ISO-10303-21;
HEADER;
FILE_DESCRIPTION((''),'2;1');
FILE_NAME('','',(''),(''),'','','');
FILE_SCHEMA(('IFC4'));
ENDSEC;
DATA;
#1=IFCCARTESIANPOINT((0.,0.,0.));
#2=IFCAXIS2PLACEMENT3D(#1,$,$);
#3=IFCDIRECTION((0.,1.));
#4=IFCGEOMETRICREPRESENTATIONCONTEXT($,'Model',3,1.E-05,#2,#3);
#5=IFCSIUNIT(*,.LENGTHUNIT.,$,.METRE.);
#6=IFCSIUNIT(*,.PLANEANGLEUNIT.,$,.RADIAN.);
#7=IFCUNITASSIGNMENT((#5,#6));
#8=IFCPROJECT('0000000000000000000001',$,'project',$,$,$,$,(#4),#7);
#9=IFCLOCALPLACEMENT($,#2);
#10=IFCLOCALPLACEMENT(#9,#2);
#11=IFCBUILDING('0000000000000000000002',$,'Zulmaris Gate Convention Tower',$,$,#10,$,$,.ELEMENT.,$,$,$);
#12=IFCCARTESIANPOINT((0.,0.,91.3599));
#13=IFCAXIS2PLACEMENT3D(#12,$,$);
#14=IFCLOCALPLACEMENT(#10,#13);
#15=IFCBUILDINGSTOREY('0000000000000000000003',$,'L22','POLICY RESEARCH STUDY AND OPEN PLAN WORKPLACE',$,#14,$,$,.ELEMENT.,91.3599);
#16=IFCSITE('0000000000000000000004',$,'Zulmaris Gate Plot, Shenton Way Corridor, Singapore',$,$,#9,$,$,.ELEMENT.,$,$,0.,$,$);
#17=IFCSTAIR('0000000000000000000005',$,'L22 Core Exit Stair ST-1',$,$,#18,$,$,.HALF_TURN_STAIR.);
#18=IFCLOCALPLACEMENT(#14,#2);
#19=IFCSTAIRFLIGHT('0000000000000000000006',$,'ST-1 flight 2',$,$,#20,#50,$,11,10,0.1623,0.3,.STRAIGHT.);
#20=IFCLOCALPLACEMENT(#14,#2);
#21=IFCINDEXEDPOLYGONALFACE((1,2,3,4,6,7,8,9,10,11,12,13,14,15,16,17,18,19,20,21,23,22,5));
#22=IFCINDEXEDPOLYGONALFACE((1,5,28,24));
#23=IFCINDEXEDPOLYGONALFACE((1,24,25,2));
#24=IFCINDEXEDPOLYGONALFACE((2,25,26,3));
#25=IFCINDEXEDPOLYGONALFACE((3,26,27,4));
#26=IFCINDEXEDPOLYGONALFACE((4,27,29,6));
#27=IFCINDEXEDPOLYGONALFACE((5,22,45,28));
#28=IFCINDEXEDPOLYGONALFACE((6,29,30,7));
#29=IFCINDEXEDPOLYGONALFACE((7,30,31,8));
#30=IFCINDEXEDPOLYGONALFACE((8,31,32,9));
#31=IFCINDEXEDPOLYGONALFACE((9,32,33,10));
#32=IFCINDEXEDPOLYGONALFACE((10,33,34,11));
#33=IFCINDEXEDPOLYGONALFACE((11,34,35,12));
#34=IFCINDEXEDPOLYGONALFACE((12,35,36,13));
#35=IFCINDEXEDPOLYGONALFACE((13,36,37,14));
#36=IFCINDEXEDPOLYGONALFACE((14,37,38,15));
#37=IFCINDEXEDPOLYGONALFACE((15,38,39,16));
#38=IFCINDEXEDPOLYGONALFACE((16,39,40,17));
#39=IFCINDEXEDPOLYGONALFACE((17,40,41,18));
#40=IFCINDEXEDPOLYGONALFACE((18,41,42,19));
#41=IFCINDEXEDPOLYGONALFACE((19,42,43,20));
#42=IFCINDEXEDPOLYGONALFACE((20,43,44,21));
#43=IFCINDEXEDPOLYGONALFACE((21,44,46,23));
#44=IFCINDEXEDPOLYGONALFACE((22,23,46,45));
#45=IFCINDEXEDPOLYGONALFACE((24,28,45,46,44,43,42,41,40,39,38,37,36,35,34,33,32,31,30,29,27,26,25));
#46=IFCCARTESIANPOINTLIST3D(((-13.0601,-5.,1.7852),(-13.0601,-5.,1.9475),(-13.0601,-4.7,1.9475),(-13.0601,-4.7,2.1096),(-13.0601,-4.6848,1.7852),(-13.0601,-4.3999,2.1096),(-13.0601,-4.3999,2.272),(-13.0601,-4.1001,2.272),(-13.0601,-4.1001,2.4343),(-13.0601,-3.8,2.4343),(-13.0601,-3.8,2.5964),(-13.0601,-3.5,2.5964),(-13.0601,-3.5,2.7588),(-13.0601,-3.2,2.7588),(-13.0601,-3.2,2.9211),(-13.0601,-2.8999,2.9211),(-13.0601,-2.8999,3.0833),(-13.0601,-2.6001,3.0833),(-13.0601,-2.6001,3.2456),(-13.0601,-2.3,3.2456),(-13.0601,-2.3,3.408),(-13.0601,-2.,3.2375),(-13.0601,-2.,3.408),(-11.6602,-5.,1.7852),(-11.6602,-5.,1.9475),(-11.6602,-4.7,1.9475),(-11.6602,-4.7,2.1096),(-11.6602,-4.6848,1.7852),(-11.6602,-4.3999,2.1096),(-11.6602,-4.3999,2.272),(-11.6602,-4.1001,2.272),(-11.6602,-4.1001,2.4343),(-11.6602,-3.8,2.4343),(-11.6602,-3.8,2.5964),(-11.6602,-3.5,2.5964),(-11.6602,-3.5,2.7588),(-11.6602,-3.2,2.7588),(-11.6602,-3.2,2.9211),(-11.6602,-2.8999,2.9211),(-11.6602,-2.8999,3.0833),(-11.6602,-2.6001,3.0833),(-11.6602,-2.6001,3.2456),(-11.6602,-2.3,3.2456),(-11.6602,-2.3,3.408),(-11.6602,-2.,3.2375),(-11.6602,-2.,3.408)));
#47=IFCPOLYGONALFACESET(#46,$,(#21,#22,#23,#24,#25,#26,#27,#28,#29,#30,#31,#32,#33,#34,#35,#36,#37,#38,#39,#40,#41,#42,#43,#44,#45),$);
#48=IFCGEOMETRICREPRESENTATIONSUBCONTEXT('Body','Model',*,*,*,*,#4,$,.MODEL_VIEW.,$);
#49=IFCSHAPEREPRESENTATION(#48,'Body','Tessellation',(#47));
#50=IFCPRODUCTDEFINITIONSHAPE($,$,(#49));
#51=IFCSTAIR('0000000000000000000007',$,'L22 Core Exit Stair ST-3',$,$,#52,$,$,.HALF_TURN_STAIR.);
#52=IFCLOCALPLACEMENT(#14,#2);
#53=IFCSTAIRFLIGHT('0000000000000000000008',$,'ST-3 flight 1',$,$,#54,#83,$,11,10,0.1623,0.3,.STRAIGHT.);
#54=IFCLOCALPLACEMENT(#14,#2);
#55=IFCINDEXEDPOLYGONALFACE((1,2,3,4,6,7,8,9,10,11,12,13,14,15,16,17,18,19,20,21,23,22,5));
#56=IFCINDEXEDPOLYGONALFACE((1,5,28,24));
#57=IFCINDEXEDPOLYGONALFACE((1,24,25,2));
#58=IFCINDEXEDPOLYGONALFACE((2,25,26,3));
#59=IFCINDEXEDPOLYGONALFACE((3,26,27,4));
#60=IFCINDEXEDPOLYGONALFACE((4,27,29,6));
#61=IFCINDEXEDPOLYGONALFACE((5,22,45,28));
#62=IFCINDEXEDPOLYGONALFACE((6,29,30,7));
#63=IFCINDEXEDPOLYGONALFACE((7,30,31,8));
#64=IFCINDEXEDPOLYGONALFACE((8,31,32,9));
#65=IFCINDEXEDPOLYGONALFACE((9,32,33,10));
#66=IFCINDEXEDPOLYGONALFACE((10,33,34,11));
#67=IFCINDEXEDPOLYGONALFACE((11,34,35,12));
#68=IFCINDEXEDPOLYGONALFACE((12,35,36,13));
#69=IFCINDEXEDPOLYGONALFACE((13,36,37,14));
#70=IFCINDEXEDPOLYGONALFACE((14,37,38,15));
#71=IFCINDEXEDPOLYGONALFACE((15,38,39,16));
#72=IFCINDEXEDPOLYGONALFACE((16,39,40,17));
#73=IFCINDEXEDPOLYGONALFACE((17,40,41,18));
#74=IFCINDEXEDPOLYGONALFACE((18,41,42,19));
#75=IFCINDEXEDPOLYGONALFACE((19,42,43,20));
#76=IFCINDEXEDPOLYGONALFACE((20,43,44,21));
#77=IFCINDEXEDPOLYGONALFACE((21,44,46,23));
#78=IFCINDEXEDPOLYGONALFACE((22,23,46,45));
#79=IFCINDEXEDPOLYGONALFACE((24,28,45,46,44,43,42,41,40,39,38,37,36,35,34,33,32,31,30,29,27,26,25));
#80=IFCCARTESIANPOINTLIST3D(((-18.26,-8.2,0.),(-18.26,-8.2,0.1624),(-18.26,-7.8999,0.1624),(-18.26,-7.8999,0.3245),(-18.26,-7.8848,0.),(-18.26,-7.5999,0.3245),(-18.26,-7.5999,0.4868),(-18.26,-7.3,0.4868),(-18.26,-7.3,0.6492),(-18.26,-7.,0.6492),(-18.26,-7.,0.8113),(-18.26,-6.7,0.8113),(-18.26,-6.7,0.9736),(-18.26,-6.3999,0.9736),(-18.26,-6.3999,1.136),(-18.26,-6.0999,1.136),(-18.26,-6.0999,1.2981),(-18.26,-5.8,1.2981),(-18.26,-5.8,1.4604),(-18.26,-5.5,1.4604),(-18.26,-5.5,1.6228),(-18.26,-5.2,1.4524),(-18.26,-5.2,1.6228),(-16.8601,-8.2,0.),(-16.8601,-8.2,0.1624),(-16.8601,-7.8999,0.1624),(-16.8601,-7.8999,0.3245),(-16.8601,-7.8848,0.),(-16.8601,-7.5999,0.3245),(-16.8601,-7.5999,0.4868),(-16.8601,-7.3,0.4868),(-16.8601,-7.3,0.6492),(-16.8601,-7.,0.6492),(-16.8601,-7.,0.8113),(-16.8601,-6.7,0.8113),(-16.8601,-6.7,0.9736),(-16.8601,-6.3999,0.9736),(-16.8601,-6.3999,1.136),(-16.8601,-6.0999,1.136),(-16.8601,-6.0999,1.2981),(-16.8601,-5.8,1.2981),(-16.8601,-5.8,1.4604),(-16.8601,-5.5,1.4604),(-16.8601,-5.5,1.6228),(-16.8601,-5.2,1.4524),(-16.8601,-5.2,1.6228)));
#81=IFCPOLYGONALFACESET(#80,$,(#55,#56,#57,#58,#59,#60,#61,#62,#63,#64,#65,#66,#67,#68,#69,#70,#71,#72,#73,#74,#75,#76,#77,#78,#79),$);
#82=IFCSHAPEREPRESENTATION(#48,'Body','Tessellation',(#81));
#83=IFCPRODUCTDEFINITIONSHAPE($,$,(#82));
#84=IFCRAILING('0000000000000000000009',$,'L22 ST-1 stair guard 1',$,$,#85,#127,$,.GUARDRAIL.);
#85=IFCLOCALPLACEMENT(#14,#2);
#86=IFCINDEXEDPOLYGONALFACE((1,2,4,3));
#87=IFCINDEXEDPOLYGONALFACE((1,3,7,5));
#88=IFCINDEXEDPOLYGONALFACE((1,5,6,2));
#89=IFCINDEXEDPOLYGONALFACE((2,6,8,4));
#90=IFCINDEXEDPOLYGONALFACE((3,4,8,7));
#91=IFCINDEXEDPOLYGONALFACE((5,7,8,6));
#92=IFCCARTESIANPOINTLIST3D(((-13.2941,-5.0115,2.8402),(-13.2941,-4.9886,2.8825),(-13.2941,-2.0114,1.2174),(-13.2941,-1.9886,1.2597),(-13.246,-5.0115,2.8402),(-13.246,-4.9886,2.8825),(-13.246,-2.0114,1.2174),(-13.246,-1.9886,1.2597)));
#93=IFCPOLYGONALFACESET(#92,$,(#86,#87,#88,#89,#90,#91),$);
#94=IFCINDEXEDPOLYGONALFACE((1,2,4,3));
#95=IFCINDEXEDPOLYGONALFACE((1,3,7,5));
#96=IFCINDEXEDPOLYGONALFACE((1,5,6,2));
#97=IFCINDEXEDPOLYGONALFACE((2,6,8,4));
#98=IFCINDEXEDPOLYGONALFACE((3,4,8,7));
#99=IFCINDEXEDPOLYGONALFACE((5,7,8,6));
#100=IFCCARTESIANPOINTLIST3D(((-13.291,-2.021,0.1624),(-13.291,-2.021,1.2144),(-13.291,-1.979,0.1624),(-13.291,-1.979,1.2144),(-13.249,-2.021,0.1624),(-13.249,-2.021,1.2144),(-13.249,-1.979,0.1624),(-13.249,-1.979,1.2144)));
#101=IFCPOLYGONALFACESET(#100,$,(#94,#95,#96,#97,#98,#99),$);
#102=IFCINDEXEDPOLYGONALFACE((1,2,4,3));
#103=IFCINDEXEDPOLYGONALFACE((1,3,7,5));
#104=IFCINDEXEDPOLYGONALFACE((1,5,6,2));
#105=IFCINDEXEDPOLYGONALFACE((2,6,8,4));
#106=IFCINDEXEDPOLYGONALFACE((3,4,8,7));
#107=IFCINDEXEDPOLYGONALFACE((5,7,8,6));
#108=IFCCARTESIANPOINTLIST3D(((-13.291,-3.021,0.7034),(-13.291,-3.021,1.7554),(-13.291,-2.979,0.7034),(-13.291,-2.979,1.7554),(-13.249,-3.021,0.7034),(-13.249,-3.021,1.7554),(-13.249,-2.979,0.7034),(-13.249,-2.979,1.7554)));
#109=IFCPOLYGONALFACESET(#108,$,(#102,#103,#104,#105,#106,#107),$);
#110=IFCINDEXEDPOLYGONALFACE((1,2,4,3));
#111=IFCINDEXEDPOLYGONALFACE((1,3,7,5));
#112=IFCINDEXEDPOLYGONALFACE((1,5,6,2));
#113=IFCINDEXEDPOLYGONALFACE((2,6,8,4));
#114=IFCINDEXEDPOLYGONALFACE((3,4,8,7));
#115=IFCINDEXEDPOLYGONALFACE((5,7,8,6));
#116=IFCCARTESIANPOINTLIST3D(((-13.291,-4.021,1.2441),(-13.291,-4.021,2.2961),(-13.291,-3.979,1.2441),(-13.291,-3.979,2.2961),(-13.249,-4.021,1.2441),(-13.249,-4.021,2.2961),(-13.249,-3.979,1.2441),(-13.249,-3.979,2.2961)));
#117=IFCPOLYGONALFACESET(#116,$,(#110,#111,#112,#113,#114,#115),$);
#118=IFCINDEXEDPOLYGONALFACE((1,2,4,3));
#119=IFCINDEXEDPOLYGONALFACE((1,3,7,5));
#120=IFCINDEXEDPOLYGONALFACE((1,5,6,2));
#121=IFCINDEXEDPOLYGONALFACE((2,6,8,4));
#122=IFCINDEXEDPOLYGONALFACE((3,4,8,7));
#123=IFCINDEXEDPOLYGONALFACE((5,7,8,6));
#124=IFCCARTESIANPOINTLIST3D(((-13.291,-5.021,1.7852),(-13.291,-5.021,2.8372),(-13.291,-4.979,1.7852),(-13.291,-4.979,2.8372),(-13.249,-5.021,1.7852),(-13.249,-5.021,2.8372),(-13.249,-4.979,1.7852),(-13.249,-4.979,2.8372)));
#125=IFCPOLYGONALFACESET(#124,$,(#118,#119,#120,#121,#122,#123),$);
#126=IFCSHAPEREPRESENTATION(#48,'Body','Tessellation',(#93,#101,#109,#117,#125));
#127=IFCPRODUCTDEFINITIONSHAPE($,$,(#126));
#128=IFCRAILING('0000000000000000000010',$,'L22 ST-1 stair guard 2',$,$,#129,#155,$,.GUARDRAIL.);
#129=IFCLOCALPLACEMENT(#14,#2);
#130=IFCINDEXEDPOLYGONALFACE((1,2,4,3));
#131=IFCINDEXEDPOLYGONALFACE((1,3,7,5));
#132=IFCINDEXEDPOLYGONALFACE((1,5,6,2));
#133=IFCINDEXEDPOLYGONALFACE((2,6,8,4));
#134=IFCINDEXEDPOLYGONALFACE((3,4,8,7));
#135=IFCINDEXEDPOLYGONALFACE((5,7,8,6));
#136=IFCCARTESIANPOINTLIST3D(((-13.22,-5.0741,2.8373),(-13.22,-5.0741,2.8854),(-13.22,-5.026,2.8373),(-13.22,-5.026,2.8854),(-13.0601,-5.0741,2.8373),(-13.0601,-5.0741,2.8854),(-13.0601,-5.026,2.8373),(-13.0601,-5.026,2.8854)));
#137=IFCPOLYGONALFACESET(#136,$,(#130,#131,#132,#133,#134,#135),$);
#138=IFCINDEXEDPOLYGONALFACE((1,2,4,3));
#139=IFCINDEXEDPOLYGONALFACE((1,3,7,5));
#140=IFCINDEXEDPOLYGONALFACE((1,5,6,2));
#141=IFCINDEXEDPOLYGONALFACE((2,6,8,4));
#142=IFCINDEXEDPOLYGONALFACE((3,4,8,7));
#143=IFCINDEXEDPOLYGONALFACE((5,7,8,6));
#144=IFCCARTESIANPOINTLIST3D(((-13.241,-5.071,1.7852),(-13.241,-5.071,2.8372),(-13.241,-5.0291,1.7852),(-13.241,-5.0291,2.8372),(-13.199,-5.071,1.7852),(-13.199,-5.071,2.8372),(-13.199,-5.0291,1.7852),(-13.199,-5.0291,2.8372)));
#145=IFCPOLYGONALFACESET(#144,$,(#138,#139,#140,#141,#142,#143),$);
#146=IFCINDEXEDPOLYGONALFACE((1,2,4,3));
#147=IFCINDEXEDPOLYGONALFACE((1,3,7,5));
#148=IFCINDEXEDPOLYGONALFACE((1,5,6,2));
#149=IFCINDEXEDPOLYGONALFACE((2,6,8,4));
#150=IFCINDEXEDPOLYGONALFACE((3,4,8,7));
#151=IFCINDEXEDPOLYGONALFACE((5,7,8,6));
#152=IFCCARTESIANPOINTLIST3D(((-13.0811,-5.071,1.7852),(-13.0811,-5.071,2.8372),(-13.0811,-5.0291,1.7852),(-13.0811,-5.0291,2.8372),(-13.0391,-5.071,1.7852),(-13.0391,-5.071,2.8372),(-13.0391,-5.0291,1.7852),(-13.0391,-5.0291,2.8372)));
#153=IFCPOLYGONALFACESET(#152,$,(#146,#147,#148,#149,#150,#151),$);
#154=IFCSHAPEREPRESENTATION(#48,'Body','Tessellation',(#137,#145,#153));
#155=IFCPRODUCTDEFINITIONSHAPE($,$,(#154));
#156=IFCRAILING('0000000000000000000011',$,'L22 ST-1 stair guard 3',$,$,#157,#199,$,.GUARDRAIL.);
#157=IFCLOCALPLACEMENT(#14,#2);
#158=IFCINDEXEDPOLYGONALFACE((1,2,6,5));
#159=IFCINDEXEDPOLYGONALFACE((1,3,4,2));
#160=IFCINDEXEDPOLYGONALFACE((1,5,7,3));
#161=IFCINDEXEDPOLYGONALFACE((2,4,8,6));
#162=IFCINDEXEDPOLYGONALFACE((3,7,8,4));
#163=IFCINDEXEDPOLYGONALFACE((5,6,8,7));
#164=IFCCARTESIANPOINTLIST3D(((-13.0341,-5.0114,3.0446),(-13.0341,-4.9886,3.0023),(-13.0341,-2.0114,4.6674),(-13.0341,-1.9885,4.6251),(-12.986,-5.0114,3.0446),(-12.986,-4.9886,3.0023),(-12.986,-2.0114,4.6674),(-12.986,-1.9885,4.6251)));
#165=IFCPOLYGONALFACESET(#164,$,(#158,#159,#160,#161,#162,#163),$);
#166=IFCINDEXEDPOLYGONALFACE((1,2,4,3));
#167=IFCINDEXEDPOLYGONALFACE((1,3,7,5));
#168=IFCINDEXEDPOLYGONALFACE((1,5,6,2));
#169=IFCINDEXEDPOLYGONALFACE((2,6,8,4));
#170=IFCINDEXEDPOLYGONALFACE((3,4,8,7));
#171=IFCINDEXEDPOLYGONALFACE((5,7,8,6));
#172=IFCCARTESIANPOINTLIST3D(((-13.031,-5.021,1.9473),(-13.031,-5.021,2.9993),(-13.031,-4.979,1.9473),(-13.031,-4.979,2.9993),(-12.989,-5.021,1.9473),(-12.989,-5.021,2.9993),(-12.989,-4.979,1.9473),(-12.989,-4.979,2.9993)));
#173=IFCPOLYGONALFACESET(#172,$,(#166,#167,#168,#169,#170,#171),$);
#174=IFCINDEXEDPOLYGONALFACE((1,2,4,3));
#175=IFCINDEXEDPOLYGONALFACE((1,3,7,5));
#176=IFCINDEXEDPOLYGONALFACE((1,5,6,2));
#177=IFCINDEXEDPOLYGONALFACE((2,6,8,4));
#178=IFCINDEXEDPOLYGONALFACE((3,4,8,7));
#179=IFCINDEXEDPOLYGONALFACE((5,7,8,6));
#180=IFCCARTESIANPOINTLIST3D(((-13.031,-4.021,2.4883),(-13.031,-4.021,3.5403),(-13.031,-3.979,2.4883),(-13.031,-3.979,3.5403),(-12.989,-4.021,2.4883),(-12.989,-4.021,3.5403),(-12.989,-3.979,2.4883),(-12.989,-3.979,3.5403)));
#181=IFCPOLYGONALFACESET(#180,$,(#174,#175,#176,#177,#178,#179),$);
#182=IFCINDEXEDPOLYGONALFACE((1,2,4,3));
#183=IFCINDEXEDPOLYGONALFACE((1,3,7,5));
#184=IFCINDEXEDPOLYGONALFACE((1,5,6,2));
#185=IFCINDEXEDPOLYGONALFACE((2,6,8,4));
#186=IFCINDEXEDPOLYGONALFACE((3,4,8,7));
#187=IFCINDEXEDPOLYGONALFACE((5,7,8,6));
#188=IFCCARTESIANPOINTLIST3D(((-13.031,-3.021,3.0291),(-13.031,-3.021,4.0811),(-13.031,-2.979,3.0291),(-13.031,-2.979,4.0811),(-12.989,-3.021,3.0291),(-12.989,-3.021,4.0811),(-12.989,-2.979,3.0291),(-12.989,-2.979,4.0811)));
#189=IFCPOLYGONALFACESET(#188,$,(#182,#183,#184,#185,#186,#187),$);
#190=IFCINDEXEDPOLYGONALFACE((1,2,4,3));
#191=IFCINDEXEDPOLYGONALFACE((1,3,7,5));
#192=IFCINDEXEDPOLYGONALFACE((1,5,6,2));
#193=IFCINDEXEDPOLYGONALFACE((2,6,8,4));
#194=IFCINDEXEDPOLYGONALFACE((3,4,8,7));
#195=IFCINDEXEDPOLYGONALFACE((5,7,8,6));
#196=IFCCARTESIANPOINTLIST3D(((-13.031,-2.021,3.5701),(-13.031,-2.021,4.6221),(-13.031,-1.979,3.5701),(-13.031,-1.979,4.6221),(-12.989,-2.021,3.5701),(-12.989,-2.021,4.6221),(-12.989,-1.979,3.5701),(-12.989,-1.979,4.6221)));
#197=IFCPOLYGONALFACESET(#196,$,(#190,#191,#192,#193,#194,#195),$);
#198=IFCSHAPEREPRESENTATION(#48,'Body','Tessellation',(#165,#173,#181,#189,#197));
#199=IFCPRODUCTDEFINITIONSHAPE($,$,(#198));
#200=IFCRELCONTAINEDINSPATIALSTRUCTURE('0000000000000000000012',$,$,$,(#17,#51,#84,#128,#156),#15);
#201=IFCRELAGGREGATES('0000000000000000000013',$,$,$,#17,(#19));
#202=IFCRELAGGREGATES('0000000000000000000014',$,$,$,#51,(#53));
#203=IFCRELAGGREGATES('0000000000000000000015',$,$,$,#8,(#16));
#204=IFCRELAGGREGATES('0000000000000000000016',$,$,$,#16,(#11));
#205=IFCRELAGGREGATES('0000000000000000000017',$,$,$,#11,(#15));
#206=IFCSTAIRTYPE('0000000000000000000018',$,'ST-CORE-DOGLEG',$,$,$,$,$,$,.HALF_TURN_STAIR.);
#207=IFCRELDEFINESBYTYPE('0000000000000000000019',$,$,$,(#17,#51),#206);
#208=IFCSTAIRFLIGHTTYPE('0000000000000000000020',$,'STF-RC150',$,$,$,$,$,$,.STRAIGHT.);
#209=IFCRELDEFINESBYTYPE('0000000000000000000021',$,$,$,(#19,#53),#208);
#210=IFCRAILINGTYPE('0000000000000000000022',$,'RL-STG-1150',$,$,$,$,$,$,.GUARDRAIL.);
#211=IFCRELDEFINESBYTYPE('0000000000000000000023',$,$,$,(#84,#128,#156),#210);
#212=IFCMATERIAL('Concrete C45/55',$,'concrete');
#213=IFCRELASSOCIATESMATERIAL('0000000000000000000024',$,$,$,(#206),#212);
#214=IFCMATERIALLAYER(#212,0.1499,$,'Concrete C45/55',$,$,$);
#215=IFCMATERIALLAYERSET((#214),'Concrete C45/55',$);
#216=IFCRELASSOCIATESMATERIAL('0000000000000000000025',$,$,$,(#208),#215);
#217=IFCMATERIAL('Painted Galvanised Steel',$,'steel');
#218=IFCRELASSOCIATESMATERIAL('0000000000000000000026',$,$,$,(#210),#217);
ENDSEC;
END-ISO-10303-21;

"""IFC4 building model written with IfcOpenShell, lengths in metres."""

from ifc_helpers import new_model, si_unit, direction, frame, origin, origin_2d, place, context, subcontext, project, spatial, polyline, rectangle, outline, extrude, material, layer, layer_set, type_object, element, aggregate, save


model = new_model("IFC4")

# Units and contexts
model_context = context("Model", 3, precision=1e-05, world=origin(), true_north=direction((0.0, 1.0)))
body_context = subcontext(model_context, "Body", "Model", "MODEL_VIEW")
ifc_project = project(units=[si_unit("LENGTHUNIT", "METRE"), si_unit("PLANEANGLEUNIT", "RADIAN")], contexts=[model_context])

# Site, building, storey
site_placement = place(None, origin())
site = spatial("IfcSite", under=ifc_project, at=site_placement, Name="Zulmaris Gate Plot, Shenton Way Corridor, Singapore", CompositionType="ELEMENT", RefElevation=0.0)
building_placement = place(site_placement, origin())
building = spatial("IfcBuilding", under=site, at=building_placement, Name="Zulmaris Gate Convention Tower", CompositionType="ELEMENT")
storey_placement = place(building_placement, frame((0.0, 0.0, 91.3599)))
storey = spatial("IfcBuildingStorey", under=building, at=storey_placement, Name="L22", Description="POLICY RESEARCH STUDY AND OPEN PLAN WORKPLACE", CompositionType="ELEMENT", Elevation=91.3599)

# Stair, stair flight
ifc_material_1 = material(Name="Concrete C45/55", Category="concrete")
stair_type = type_object("IfcStairType", Name="ST-CORE-DOGLEG", PredefinedType="HALF_TURN_STAIR", material=ifc_material_1)
stair_1_placement = place(storey_placement, origin())
stair_1 = element("IfcStair", 1, at=stair_1_placement, inside=storey, type_object=stair_type, Name="L22 Core Exit Stair ST-1", PredefinedType="HALF_TURN_STAIR")
ifc_layer_1 = layer(ifc_material_1, 0.1499, Name="Concrete C45/55")
ifc_layer_set_1 = layer_set([ifc_layer_1], Name="Concrete C45/55")
stair_flight_type = type_object("IfcStairFlightType", Name="STF-RC150", PredefinedType="STRAIGHT", material=ifc_layer_set_1)
stair_flight_1_placement = place(storey_placement, frame((-12.3601, -5.0, 1.7852), z_axis=(0.0, 0.0, 1.0), x_axis=(0.0, 1.0, 0.0)))
stair_flight_1 = element("IfcStairFlight", 2, at=stair_flight_1_placement, type_object=stair_flight_type, Name="ST-1 flight 2", NumberOfRisers=11, NumberOfTreads=10, PredefinedType="STRAIGHT", RiserHeight=0.1623, TreadLength=0.3, context=body_context, shape_type="SweptSolid", body=[
    extrude(outline(polyline([(0.0, 0.0), (0.0, 0.1624), (0.3, 0.1624), (0.3, 0.3245), (0.6001, 0.3245), (0.6001, 0.4868), (0.8999, 0.4868), (0.8999, 0.6492), (1.2, 0.6492), (1.2, 0.8113), (1.5, 0.8113), (1.5, 0.9736), (1.8, 0.9736), (1.8, 1.136), (2.1001, 1.136), (2.1001, 1.2981), (2.3999, 1.2981), (2.3999, 1.4604), (2.7, 1.4604), (2.7, 1.6228), (3.0, 1.6228), (3.0, 1.7849), (3.0, 1.4524), (0.3152, 0.0), (0.0, 0.0)])), frame((0.0, 0.7, 0.0), z_axis=(0.0, -1.0, 0.0), x_axis=(1.0, 0.0, 0.0)), (0.0, 0.0, 1.0), 1.3999),
])
aggregate(stair_1, [stair_flight_1])

# Stair, stair flight
stair_2_placement = place(storey_placement, origin())
stair_2 = element("IfcStair", 3, at=stair_2_placement, inside=storey, type_object=stair_type, Name="L22 Core Exit Stair ST-3", PredefinedType="HALF_TURN_STAIR")
stair_flight_2_placement = place(storey_placement, frame((-17.5601, -8.2, 0.0), z_axis=(0.0, 0.0, 1.0), x_axis=(0.0, 1.0, 0.0)))
stair_flight_2 = element("IfcStairFlight", 4, at=stair_flight_2_placement, type_object=stair_flight_type, Name="ST-3 flight 1", NumberOfRisers=11, NumberOfTreads=10, PredefinedType="STRAIGHT", RiserHeight=0.1623, TreadLength=0.3, context=body_context, shape_type="SweptSolid", body=[
    extrude(outline(polyline([(0.0, 0.0), (0.0, 0.1624), (0.3, 0.1624), (0.3, 0.3245), (0.6001, 0.3245), (0.6001, 0.4868), (0.8999, 0.4868), (0.8999, 0.6492), (1.2, 0.6492), (1.2, 0.8113), (1.5, 0.8113), (1.5, 0.9736), (1.8, 0.9736), (1.8, 1.136), (2.1001, 1.136), (2.1001, 1.2981), (2.3999, 1.2981), (2.3999, 1.4604), (2.7, 1.4604), (2.7, 1.6228), (3.0, 1.6228), (3.0, 1.7849), (3.0, 1.4524), (0.3152, 0.0), (0.0, 0.0)])), frame((0.0, 0.7, 0.0), z_axis=(0.0, -1.0, 0.0), x_axis=(1.0, 0.0, 0.0)), (0.0, 0.0, 1.0), 1.3999),
])
aggregate(stair_2, [stair_flight_2])

# Railings
ifc_material_2 = material(Name="Painted Galvanised Steel", Category="steel")
railing_type_1 = type_object("IfcRailingType", Name="RL-STG-1150", PredefinedType="GUARDRAIL", material=ifc_material_2)
railing_1_placement = place(storey_placement, frame((-13.27, -2.0, 0.1624)))
element("IfcRailing", 5, at=railing_1_placement, inside=storey, type_object=railing_type_1, Name="L22 ST-1 stair guard 1", PredefinedType="GUARDRAIL", context=body_context, shape_type="SweptSolid", body=[
    extrude(rectangle(XDim=0.0481, YDim=0.0481, at=origin_2d()), frame((0.0, 0.0, 1.0762), z_axis=(0.0, -0.879562, 0.475785), x_axis=(1.0, 0.0, 0.0)), (0.0, 0.0, 1.0), 3.4109),
    extrude(rectangle(XDim=0.042, YDim=0.042, at=origin_2d()), origin(), (0.0, 0.0, 1.0), 1.052),
    extrude(rectangle(XDim=0.042, YDim=0.042, at=origin_2d()), frame((0.0, -1.0, 0.541)), (0.0, 0.0, 1.0), 1.052),
    extrude(rectangle(XDim=0.042, YDim=0.042, at=origin_2d()), frame((0.0, -2.0, 1.0818)), (0.0, 0.0, 1.0), 1.052),
    extrude(rectangle(XDim=0.042, YDim=0.042, at=origin_2d()), frame((0.0, -3.0, 1.6228)), (0.0, 0.0, 1.0), 1.052),
])
railing_2_placement = place(storey_placement, frame((-13.22, -5.05, 1.7852)))
element("IfcRailing", 6, at=railing_2_placement, inside=storey, type_object=railing_type_1, Name="L22 ST-1 stair guard 2", PredefinedType="GUARDRAIL", context=body_context, shape_type="SweptSolid", body=[
    extrude(rectangle(XDim=0.0481, YDim=0.0481, at=origin_2d()), frame((0.0, 0.0, 1.0762), z_axis=(1.0, 0.0, 0.0), x_axis=(0.0, 1.0, 0.0)), (0.0, 0.0, 1.0), 0.1599),
    extrude(rectangle(XDim=0.042, YDim=0.042, at=origin_2d()), origin(), (0.0, 0.0, 1.0), 1.052),
    extrude(rectangle(XDim=0.042, YDim=0.042, at=origin_2d()), frame((0.1599, 0.0, 0.0)), (0.0, 0.0, 1.0), 1.052),
])
railing_3_placement = place(storey_placement, frame((-13.01, -5.0, 1.9473)))
element("IfcRailing", 7, at=railing_3_placement, inside=storey, type_object=railing_type_1, Name="L22 ST-1 stair guard 3", PredefinedType="GUARDRAIL", context=body_context, shape_type="SweptSolid", body=[
    extrude(rectangle(XDim=0.0481, YDim=0.0481, at=origin_2d()), frame((0.0, 0.0, 1.0762), z_axis=(0.0, 0.879562, 0.475785), x_axis=(-1.0, 0.0, 0.0)), (0.0, 0.0, 1.0), 3.4109),
    extrude(rectangle(XDim=0.042, YDim=0.042, at=origin_2d()), origin(), (0.0, 0.0, 1.0), 1.052),
    extrude(rectangle(XDim=0.042, YDim=0.042, at=origin_2d()), frame((0.0, 1.0, 0.541)), (0.0, 0.0, 1.0), 1.052),
    extrude(rectangle(XDim=0.042, YDim=0.042, at=origin_2d()), frame((0.0, 2.0, 1.0818)), (0.0, 0.0, 1.0), 1.052),
    extrude(rectangle(XDim=0.042, YDim=0.042, at=origin_2d()), frame((0.0, 3.0, 1.6228)), (0.0, 0.0, 1.0), 1.052),
])

save(model, "model.ifc")
